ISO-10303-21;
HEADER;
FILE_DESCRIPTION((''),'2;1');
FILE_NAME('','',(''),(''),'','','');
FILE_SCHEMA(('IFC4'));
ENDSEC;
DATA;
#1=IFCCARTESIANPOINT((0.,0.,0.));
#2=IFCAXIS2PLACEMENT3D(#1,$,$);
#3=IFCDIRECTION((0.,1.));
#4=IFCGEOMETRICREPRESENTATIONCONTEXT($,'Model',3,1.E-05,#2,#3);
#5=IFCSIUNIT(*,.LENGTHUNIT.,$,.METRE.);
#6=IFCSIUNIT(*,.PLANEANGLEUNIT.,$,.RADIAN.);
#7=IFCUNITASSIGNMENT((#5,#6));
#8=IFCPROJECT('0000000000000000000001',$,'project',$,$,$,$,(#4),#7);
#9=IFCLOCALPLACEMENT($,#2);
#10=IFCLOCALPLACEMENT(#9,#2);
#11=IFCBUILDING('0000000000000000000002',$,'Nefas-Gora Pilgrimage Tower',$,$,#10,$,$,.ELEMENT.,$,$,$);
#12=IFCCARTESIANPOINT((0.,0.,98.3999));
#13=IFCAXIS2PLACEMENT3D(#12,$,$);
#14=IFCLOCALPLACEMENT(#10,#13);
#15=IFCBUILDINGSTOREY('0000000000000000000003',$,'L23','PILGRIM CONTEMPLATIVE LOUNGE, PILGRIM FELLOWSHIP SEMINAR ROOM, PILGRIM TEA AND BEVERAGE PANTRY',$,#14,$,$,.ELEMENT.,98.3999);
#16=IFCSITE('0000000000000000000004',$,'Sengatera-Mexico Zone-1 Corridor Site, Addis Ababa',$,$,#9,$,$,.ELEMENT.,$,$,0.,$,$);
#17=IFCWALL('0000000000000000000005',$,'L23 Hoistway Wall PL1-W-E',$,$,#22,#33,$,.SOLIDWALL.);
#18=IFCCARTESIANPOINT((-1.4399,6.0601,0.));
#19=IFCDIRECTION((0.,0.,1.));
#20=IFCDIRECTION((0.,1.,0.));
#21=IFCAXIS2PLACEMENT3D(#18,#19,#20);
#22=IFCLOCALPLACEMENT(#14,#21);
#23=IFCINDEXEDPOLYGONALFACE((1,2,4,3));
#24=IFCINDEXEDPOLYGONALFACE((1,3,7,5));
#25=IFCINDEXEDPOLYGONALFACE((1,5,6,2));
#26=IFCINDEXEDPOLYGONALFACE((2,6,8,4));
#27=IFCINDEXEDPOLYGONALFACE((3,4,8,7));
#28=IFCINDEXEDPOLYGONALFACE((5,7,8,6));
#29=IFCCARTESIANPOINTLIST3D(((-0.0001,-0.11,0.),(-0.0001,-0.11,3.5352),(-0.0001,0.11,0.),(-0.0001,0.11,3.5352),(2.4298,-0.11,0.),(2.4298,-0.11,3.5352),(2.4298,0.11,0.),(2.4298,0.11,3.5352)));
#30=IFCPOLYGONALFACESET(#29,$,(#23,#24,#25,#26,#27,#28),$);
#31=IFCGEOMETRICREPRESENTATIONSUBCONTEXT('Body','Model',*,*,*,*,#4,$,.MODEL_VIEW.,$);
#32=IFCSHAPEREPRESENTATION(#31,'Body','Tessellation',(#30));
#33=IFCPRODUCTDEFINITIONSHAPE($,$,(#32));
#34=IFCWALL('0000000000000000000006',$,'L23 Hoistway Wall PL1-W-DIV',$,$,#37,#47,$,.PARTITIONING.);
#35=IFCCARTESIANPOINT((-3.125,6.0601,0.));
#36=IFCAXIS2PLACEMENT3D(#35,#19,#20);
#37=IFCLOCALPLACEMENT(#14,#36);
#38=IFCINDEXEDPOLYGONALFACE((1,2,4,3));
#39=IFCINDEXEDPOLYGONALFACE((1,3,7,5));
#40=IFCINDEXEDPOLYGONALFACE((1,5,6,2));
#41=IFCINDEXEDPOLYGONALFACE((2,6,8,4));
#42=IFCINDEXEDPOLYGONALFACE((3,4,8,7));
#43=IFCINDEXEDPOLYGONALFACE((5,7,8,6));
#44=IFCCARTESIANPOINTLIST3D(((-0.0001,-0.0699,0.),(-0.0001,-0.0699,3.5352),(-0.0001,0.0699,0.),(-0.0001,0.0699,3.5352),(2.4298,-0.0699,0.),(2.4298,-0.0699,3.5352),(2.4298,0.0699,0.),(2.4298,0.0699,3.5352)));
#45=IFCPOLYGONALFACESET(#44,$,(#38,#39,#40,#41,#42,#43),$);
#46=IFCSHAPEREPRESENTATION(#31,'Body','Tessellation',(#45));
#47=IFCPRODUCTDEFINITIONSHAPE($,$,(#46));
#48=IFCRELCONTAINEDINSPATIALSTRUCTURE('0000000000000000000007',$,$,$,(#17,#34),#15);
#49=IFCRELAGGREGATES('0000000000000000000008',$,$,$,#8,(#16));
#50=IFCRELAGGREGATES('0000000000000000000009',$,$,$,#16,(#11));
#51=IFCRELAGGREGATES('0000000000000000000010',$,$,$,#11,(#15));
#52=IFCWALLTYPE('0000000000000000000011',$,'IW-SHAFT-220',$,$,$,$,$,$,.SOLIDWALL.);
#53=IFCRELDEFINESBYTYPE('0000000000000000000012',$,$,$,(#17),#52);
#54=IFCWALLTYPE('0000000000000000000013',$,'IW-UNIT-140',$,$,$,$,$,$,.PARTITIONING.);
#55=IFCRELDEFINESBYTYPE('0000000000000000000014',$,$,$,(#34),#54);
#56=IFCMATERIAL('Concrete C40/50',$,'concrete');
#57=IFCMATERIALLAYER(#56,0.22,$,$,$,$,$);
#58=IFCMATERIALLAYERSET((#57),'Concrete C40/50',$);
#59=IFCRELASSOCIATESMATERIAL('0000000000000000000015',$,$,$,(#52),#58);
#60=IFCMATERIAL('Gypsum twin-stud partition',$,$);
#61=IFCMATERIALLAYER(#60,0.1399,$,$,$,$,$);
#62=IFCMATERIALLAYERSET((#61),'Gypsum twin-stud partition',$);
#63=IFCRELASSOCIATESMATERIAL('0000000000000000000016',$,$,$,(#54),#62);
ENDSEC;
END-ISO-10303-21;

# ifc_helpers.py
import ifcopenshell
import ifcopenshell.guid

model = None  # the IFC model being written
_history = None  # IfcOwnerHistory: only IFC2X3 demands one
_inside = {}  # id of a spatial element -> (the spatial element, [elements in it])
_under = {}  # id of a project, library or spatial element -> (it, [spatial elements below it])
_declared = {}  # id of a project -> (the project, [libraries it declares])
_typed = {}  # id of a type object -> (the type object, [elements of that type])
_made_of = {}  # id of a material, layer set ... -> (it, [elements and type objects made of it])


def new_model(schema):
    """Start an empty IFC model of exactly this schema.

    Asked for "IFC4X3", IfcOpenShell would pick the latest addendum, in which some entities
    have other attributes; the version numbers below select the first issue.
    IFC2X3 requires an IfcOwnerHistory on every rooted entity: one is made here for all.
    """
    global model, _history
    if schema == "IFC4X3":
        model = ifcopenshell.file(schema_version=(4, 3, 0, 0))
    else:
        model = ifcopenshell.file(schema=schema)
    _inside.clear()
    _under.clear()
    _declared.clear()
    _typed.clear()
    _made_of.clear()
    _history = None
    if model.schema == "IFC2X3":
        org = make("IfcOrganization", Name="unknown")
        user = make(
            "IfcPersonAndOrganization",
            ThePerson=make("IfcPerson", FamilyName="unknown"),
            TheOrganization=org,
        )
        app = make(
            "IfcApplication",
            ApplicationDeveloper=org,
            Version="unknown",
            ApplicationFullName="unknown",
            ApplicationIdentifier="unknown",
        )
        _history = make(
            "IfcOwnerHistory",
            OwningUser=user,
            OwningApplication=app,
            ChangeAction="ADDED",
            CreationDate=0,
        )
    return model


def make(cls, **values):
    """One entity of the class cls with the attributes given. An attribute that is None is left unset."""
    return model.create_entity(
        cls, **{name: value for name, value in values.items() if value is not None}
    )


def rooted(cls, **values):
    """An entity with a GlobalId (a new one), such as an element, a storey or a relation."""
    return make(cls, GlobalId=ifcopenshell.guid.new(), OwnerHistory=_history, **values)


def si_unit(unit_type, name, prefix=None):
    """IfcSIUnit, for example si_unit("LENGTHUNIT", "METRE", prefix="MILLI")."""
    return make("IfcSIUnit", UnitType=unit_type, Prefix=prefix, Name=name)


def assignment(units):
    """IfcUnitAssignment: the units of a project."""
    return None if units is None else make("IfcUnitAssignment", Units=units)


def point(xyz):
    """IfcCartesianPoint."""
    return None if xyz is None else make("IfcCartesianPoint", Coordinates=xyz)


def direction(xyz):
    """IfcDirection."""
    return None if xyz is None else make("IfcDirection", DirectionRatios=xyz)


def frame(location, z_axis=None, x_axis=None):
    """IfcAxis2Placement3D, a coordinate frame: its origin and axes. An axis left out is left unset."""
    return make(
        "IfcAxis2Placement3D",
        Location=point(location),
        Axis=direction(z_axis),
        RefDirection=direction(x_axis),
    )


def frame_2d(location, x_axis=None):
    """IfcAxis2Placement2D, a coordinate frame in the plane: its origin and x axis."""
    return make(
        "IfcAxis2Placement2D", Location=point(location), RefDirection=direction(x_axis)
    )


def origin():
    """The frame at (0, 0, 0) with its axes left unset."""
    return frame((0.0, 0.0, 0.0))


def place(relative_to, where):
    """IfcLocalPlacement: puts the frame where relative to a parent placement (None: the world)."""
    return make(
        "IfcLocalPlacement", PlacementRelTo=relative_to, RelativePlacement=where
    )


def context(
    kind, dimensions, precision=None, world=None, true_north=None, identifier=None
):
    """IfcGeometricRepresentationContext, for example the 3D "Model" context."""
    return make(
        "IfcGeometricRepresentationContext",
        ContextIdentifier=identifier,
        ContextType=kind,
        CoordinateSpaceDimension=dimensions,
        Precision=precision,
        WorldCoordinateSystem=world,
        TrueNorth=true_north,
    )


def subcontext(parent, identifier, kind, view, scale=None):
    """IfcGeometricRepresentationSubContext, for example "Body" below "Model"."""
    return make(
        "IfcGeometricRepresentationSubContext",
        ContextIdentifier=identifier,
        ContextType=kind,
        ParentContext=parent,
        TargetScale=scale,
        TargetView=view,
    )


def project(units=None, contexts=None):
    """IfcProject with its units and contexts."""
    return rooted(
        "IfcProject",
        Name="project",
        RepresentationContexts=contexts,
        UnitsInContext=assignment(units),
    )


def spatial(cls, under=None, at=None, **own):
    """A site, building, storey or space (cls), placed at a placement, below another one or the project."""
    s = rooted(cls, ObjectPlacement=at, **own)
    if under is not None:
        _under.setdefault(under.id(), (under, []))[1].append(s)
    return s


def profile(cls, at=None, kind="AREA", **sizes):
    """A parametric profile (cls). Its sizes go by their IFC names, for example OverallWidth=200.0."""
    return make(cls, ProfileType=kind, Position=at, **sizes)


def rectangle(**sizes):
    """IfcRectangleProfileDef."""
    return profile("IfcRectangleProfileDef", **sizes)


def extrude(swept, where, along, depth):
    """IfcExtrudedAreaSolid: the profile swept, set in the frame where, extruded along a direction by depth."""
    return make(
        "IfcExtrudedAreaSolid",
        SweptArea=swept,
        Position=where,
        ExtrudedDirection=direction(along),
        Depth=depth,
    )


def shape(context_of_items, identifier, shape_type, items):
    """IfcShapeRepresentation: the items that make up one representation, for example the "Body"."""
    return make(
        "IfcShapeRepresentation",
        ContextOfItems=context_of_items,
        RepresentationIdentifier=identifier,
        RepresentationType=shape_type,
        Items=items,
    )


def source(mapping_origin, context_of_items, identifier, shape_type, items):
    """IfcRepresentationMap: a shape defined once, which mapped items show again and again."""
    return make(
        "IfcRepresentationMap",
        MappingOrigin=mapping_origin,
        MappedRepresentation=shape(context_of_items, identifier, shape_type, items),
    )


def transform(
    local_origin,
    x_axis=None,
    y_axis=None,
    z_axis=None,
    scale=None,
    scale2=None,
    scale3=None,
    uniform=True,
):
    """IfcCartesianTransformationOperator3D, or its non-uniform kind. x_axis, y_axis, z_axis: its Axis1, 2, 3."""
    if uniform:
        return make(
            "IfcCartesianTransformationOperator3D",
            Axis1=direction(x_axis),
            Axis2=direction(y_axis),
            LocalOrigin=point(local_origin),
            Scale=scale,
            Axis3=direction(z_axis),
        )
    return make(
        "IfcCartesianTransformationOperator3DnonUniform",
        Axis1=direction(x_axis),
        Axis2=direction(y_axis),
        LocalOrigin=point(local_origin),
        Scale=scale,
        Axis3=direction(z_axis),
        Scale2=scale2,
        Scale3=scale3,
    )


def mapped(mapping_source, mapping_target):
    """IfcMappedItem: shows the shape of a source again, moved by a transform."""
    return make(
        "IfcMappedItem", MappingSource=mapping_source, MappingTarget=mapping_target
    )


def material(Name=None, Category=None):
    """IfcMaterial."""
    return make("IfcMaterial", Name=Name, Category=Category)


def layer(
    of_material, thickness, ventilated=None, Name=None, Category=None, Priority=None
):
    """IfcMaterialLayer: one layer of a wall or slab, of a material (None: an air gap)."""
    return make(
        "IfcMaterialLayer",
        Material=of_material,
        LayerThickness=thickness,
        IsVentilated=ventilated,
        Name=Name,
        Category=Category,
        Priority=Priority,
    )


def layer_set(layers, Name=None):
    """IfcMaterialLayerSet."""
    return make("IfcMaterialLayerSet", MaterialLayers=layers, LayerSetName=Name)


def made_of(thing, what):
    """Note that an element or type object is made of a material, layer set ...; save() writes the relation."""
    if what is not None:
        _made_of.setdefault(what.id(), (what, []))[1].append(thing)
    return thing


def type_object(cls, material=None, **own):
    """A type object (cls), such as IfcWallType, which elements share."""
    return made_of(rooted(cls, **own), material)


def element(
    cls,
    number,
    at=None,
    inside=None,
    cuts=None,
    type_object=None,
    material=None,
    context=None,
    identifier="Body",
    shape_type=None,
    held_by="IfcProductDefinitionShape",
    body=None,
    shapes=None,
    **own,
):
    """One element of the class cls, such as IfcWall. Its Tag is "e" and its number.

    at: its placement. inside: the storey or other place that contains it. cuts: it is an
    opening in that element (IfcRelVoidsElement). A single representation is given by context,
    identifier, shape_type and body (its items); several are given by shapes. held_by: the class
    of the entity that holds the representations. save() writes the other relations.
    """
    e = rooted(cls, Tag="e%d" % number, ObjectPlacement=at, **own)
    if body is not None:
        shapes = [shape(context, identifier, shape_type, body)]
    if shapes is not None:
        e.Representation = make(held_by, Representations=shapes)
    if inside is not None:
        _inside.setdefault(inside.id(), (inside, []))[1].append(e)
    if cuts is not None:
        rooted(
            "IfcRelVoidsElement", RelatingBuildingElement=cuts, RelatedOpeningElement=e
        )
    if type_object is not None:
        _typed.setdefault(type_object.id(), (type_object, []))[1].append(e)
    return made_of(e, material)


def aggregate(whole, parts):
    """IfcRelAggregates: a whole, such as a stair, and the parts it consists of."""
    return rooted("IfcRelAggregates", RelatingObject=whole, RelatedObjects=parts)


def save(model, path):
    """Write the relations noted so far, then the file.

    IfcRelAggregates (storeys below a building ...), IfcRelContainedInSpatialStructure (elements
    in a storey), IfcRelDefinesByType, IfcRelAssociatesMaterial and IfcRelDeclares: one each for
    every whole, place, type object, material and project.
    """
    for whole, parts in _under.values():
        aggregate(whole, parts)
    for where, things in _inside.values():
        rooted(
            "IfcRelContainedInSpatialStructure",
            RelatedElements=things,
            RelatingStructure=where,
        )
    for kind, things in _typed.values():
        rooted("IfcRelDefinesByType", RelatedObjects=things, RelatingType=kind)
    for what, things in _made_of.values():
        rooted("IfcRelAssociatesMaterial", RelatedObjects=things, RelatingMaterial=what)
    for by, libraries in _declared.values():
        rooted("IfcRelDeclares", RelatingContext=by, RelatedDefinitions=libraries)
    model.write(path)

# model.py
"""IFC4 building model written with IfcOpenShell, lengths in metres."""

from ifc_helpers import new_model, si_unit, direction, frame, frame_2d, origin, place, context, subcontext, project, spatial, rectangle, extrude, source, transform, mapped, material, layer, layer_set, type_object, element, save


model = new_model("IFC4")

# Units and contexts
model_context = context("Model", 3, precision=1e-05, world=origin(), true_north=direction((0.0, 1.0)))
body_context = subcontext(model_context, "Body", "Model", "MODEL_VIEW")
ifc_project = project(units=[si_unit("LENGTHUNIT", "METRE"), si_unit("PLANEANGLEUNIT", "RADIAN")], contexts=[model_context])

# Site, building, storey
site_placement = place(None, origin())
site = spatial("IfcSite", under=ifc_project, at=site_placement, Name="Sengatera-Mexico Zone-1 Corridor Site, Addis Ababa", CompositionType="ELEMENT", RefElevation=0.0)
building_placement = place(site_placement, origin())
building = spatial("IfcBuilding", under=site, at=building_placement, Name="Nefas-Gora Pilgrimage Tower", CompositionType="ELEMENT")
storey_placement = place(building_placement, frame((0.0, 0.0, 98.3999)))
storey = spatial("IfcBuildingStorey", under=building, at=storey_placement, Name="L23", Description="PILGRIM CONTEMPLATIVE LOUNGE, PILGRIM FELLOWSHIP SEMINAR ROOM, PILGRIM TEA AND BEVERAGE PANTRY", CompositionType="ELEMENT", Elevation=98.3999)

# Shared definitions
ifc_material_1 = material(Name="Concrete C40/50", Category="concrete")

# Shared definitions
ifc_layer_1 = layer(ifc_material_1, 0.22)
ifc_layer_set_1 = layer_set([ifc_layer_1], Name="Concrete C40/50")
wall_type_1 = type_object("IfcWallType", Name="IW-SHAFT-220", PredefinedType="SOLIDWALL", material=ifc_layer_set_1)

# Walls
shared_shape_1 = source(origin(), body_context, "Body", "SweptSolid", [
    extrude(rectangle(XDim=2.4299, YDim=0.22, at=frame_2d((1.2148, 0.0))), origin(), (0.0, 0.0, 1.0), 3.5352),
])
for number, where, z_axis, x_axis, name in (
    (1, (-1.4399, 6.0601, 0.0), (0.0, 0.0, 1.0), (0.0, 1.0, 0.0), "L23 Hoistway Wall PL1-W-E"),
):
    element("IfcWall", number, at=place(storey_placement, frame(where, z_axis=z_axis, x_axis=x_axis)), inside=storey, type_object=wall_type_1, Name=name, PredefinedType="SOLIDWALL", context=body_context, shape_type="MappedRepresentation", body=[
        mapped(shared_shape_1, transform((0.0, 0.0, 0.0), x_axis=(1.0, 0.0, 0.0), y_axis=(0.0, 1.0, 0.0), z_axis=(0.0, 0.0, 1.0), scale=1.0)),
    ])
ifc_material_2 = material(Name="Gypsum twin-stud partition")
ifc_layer_2 = layer(ifc_material_2, 0.1399)
ifc_layer_set_2 = layer_set([ifc_layer_2], Name="Gypsum twin-stud partition")
wall_type_2 = type_object("IfcWallType", Name="IW-UNIT-140", PredefinedType="PARTITIONING", material=ifc_layer_set_2)
shared_shape_2 = source(origin(), body_context, "Body", "SweptSolid", [
    extrude(rectangle(XDim=2.4299, YDim=0.1399, at=frame_2d((1.2148, 0.0))), origin(), (0.0, 0.0, 1.0), 3.5352),
])
wall_1_placement = place(storey_placement, frame((-3.125, 6.0601, 0.0), z_axis=(0.0, 0.0, 1.0), x_axis=(0.0, 1.0, 0.0)))
element("IfcWall", 2, at=wall_1_placement, inside=storey, type_object=wall_type_2, Name="L23 Hoistway Wall PL1-W-DIV", PredefinedType="PARTITIONING", context=body_context, shape_type="MappedRepresentation", body=[
    mapped(shared_shape_2, transform((0.0, 0.0, 0.0), x_axis=(1.0, 0.0, 0.0), y_axis=(0.0, 1.0, 0.0), z_axis=(0.0, 0.0, 1.0), scale=1.0)),
])

save(model, "model.ifc")
